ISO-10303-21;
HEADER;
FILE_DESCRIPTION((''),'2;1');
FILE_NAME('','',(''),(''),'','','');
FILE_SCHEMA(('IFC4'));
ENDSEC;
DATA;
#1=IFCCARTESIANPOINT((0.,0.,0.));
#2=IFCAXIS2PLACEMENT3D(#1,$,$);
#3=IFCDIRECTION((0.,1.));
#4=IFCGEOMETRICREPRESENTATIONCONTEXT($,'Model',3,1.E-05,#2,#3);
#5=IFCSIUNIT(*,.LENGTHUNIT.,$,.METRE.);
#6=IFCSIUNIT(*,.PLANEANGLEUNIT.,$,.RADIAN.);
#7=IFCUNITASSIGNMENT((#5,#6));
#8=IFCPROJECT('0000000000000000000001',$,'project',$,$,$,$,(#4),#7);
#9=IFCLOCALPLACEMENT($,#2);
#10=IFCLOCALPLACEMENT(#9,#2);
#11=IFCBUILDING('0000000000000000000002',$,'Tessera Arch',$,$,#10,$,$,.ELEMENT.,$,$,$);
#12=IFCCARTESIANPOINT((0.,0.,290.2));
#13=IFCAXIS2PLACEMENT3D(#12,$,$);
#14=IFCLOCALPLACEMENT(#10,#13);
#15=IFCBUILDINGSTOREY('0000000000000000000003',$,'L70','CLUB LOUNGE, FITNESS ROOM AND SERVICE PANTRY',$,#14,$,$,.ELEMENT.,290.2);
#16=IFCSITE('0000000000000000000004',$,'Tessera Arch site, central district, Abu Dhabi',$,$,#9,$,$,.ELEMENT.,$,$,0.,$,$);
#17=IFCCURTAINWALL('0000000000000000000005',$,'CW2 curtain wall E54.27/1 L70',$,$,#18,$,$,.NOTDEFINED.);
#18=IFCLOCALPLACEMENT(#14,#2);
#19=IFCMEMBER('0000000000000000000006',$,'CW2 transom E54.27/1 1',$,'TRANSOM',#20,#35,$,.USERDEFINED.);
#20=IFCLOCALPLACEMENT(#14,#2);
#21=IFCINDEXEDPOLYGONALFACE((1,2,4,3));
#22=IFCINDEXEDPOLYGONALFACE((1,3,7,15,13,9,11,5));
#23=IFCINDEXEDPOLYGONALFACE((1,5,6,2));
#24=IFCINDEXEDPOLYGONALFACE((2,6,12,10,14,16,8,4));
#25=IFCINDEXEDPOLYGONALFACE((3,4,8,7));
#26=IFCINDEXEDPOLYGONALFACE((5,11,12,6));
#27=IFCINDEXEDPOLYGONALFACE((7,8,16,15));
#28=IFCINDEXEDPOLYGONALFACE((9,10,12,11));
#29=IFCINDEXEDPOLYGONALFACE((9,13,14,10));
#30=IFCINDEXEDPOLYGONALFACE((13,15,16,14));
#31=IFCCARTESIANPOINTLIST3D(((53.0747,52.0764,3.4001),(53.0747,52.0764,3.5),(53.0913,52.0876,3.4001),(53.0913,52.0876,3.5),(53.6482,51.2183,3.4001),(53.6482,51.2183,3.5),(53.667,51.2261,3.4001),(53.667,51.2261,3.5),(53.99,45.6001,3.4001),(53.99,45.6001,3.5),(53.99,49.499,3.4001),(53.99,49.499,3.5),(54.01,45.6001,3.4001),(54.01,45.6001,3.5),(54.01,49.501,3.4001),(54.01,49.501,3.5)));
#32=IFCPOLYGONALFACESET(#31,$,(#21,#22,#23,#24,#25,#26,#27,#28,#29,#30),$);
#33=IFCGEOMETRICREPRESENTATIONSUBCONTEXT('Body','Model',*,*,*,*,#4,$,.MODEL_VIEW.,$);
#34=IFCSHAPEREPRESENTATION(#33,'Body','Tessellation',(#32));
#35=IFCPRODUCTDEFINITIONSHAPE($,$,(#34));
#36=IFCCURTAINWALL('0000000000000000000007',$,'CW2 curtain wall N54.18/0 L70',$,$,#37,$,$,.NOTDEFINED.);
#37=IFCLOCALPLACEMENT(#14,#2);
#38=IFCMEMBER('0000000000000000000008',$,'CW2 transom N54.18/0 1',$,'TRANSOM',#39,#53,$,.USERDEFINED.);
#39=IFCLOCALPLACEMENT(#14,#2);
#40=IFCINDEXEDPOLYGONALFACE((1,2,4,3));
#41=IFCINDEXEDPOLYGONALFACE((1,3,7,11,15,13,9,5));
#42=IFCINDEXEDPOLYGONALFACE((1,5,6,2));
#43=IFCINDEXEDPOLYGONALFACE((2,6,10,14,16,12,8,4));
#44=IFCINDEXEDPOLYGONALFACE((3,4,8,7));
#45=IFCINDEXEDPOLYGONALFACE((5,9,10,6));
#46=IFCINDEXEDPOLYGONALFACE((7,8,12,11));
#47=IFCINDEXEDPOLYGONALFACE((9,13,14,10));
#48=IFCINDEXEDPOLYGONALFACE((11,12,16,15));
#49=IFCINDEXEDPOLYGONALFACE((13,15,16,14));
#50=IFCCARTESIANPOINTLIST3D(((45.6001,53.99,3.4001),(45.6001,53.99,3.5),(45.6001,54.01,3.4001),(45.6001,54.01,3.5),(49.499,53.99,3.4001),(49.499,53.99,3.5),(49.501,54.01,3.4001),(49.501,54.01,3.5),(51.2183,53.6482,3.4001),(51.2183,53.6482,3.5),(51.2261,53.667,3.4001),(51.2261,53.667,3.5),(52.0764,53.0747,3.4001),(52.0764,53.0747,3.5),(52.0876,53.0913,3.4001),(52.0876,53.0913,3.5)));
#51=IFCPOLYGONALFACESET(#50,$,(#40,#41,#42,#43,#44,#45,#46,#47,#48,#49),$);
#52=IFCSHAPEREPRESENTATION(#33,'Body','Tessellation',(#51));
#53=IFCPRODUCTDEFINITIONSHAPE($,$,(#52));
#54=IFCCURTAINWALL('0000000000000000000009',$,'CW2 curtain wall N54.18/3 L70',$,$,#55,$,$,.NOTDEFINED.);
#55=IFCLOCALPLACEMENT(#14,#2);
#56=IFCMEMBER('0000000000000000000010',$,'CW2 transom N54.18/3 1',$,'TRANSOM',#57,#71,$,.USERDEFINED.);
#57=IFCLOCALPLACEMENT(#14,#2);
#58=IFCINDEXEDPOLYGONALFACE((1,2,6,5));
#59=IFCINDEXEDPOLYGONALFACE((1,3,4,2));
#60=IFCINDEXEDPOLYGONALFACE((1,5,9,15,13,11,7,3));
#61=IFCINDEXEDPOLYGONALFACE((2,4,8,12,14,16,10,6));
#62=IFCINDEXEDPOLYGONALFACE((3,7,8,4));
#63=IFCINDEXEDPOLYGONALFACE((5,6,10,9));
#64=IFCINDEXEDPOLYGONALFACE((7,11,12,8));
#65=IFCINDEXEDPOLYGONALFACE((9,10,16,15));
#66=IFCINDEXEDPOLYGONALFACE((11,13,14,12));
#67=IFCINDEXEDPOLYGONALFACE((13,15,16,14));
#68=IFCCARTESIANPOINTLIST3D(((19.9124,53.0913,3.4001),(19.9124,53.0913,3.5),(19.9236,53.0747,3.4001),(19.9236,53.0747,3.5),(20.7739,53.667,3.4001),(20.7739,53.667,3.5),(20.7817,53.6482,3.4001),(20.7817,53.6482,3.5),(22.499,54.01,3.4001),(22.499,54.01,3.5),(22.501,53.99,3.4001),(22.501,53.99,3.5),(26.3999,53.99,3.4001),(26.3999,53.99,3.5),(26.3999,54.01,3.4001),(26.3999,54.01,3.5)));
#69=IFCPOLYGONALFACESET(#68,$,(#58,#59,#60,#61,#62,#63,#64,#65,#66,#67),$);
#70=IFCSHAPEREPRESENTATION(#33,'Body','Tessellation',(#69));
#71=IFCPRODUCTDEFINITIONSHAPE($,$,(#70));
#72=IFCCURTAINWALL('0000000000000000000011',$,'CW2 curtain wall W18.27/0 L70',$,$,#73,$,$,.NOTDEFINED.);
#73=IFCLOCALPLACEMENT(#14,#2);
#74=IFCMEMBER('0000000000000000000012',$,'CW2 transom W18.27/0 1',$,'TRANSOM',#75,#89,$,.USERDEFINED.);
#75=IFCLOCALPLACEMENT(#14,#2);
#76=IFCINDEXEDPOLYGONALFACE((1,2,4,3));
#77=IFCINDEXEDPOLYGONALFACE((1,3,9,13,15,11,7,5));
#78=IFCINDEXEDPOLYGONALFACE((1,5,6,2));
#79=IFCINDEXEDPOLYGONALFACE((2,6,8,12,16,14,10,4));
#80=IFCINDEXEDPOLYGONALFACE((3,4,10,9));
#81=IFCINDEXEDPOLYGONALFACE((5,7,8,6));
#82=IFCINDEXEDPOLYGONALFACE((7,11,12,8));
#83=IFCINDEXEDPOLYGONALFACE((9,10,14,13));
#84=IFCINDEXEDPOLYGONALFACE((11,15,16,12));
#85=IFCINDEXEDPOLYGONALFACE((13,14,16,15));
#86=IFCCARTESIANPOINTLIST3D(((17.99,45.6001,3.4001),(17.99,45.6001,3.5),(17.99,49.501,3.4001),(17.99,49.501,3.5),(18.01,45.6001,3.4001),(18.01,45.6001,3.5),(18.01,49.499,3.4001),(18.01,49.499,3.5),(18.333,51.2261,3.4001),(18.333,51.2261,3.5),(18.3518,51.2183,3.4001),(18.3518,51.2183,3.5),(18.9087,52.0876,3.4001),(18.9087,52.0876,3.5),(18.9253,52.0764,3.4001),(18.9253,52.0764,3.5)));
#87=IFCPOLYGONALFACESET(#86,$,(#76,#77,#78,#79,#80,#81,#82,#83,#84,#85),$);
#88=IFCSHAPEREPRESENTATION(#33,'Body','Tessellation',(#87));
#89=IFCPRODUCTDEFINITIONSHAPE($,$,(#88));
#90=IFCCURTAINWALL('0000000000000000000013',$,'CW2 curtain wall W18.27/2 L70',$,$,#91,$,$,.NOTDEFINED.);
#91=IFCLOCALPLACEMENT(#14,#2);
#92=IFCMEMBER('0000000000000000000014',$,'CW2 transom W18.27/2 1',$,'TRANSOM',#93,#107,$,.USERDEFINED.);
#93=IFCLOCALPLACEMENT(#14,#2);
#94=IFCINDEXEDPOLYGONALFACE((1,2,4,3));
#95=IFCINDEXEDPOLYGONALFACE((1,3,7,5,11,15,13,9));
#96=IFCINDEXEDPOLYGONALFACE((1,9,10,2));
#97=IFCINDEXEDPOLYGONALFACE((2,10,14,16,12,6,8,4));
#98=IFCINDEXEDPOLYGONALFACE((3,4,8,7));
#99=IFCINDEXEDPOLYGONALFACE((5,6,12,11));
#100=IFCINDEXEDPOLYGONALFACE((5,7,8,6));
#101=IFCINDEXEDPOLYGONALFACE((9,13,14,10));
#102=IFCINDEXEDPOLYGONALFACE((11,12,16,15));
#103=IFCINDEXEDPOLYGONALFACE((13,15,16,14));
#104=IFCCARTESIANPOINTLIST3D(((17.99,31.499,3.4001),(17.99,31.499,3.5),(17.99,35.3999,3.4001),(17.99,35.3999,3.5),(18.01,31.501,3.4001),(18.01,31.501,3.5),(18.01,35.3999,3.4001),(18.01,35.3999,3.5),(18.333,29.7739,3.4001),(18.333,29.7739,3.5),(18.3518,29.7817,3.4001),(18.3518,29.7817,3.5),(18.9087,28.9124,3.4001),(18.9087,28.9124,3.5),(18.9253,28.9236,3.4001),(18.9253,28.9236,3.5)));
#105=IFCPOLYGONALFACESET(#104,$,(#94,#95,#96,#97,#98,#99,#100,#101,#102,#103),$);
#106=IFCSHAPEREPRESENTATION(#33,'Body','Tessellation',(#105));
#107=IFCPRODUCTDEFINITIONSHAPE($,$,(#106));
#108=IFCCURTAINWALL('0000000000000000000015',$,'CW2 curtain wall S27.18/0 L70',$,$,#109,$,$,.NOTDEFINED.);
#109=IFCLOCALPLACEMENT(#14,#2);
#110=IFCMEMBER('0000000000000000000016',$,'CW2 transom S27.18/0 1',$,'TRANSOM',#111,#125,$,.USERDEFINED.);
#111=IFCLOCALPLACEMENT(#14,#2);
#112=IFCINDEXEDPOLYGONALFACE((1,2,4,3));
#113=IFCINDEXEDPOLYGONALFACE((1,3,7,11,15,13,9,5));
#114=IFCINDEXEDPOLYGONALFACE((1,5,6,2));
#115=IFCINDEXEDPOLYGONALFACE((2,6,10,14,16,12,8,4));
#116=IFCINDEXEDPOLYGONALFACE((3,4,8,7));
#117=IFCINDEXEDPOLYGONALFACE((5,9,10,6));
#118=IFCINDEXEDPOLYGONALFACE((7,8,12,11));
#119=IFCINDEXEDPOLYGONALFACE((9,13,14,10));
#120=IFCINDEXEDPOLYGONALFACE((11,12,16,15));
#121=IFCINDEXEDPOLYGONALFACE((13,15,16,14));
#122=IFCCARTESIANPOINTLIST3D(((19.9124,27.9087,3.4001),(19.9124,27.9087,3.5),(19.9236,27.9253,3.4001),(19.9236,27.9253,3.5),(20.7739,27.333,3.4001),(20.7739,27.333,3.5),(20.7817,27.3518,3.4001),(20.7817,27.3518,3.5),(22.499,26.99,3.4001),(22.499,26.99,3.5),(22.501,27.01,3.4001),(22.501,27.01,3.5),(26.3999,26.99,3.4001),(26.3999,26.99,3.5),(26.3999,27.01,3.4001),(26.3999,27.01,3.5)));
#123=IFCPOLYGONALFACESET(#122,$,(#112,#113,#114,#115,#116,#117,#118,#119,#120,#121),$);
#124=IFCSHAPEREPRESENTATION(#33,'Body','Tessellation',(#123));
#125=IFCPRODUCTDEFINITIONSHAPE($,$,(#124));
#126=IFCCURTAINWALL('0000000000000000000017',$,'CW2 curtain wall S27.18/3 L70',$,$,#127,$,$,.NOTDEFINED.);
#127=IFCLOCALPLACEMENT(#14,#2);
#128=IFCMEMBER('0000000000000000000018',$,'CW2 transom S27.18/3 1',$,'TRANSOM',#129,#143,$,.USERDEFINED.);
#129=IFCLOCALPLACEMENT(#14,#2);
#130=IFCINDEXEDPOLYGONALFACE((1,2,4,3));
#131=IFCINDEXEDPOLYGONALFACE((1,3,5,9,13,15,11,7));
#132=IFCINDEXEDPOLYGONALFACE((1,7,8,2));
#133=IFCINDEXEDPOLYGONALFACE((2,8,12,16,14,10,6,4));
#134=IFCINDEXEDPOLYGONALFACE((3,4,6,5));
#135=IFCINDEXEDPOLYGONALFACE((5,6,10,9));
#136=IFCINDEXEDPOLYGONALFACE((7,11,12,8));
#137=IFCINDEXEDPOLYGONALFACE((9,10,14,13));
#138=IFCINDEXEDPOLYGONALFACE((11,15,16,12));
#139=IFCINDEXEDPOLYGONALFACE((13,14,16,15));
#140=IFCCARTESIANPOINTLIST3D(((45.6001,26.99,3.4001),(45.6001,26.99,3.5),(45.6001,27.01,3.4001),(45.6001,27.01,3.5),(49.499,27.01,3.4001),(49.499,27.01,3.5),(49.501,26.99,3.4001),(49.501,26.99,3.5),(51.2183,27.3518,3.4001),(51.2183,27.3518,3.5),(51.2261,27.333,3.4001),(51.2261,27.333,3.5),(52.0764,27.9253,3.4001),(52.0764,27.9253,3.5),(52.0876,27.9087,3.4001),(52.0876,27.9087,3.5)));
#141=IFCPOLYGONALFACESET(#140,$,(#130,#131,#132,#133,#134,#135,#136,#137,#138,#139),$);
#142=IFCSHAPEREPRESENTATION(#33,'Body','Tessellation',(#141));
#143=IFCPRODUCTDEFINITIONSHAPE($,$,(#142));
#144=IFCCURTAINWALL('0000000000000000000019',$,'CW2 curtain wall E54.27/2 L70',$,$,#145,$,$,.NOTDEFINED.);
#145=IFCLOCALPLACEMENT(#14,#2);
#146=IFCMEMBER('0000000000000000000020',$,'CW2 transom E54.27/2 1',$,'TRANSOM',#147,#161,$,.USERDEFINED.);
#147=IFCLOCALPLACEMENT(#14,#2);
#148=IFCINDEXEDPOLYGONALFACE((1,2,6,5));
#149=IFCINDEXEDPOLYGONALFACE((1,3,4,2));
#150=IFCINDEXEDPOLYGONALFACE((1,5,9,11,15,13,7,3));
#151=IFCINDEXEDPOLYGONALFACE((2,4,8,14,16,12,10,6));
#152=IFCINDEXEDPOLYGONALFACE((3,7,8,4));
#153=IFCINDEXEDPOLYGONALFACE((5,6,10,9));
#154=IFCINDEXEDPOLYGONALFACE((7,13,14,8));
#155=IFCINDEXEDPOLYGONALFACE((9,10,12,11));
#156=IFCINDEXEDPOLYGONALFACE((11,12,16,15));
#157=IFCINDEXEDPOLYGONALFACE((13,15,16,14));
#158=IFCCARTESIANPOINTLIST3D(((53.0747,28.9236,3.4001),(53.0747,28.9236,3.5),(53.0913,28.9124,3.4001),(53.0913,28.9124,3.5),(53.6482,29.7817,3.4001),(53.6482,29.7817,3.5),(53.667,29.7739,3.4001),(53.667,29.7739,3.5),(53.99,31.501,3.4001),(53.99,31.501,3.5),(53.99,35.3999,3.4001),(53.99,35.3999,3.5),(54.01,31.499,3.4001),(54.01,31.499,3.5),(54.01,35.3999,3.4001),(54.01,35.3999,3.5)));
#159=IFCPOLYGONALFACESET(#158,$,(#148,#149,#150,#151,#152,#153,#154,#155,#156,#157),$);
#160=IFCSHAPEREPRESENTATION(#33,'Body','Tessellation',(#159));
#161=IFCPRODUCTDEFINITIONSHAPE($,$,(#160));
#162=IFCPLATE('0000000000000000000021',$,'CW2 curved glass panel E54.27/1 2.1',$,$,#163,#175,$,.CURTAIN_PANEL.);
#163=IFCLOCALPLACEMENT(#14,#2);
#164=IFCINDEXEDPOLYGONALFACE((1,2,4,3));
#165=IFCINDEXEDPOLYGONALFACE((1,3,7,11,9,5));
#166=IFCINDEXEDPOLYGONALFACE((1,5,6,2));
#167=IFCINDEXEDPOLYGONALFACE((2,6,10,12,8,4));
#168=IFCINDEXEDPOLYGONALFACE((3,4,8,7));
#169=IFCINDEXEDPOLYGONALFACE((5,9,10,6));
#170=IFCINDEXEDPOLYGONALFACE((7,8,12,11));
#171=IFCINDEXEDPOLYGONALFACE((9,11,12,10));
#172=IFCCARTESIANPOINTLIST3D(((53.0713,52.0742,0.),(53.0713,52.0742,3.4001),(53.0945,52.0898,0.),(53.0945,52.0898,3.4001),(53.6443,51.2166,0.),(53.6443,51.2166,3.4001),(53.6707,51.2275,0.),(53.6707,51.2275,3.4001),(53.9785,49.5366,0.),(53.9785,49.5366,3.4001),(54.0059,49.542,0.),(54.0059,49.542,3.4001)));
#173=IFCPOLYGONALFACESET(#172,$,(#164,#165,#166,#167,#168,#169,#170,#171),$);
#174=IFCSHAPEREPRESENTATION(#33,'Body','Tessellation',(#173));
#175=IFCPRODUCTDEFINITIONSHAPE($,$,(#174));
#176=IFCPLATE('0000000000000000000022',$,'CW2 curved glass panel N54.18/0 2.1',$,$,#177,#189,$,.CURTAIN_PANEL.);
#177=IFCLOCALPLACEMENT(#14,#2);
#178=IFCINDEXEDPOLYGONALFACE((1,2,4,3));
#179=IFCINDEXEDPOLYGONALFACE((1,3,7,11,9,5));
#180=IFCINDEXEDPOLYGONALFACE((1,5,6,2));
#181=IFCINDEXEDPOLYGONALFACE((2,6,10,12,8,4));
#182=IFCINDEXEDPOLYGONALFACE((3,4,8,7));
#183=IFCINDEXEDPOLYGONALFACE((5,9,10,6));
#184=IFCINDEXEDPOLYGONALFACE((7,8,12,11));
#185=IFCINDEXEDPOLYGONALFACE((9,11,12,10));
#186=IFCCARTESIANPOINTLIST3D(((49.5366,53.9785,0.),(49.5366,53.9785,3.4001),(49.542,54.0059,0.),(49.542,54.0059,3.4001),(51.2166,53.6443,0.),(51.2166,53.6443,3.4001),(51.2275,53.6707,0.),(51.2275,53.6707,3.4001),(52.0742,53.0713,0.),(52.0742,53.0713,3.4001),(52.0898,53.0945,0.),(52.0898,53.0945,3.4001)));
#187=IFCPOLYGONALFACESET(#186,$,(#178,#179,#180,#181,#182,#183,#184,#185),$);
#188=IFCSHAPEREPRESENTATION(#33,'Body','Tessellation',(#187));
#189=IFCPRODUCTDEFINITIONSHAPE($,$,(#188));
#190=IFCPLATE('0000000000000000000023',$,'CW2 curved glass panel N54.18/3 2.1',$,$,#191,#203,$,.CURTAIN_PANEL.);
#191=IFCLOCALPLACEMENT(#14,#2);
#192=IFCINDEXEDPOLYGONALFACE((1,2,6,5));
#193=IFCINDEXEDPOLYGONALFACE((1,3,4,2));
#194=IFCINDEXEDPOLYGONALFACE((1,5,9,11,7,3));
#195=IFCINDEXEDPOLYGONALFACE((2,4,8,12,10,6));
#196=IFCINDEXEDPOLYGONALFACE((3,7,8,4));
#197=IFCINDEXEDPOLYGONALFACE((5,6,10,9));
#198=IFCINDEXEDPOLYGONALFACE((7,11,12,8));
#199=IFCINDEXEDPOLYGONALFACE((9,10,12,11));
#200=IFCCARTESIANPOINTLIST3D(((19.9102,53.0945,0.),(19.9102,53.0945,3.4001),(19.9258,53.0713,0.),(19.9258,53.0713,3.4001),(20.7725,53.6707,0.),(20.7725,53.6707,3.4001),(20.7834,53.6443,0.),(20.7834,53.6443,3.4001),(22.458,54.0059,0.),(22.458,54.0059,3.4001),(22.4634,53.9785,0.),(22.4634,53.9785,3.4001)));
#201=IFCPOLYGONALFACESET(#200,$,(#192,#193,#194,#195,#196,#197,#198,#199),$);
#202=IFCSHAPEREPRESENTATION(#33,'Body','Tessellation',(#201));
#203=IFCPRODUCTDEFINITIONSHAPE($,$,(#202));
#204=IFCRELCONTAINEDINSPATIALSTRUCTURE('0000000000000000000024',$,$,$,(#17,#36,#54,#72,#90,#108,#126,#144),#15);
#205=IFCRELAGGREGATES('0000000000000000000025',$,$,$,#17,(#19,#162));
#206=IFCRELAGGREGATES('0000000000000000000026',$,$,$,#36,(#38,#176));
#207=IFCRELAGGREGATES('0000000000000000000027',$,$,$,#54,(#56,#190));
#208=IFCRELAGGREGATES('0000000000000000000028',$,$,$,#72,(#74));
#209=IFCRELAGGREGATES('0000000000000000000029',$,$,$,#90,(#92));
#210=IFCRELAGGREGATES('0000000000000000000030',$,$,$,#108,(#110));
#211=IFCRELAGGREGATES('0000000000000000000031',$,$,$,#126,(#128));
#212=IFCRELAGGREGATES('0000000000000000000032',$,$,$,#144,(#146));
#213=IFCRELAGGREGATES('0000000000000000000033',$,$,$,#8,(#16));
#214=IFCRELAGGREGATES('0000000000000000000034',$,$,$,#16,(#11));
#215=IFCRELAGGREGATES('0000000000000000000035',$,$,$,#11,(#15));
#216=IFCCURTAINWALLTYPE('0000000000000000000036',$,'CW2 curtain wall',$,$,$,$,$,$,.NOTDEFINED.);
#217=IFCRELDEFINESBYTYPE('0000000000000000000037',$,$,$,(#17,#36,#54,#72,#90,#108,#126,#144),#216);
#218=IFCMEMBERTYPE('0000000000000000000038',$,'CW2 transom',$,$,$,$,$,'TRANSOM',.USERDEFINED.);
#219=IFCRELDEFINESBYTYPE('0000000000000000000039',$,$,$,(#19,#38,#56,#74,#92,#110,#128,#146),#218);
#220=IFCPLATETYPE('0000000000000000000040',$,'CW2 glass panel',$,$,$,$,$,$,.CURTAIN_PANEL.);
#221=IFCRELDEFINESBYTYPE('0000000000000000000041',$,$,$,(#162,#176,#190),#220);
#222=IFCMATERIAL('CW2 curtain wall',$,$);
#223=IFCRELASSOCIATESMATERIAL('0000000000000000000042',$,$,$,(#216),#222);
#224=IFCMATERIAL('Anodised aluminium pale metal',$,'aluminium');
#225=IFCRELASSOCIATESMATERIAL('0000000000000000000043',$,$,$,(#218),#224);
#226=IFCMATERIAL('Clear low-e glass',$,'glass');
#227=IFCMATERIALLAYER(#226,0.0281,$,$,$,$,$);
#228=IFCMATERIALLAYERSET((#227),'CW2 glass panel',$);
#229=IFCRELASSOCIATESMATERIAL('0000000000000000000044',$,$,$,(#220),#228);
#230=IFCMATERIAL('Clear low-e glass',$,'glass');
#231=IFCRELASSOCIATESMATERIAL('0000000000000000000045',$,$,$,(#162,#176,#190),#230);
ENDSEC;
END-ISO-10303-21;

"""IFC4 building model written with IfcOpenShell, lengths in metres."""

from ifc_helpers import new_model, si_unit, direction, frame, origin, origin_2d, place, context, subcontext, project, spatial, polyline, rectangle, outline, extrude, material, layer, layer_set, material_profile, profile_set, type_object, element, aggregate, save


model = new_model("IFC4")

# Units and contexts
model_context = context("Model", 3, precision=1e-05, world=origin(), true_north=direction((0.0, 1.0)))
body_context = subcontext(model_context, "Body", "Model", "MODEL_VIEW")
ifc_project = project(units=[si_unit("LENGTHUNIT", "METRE"), si_unit("PLANEANGLEUNIT", "RADIAN")], contexts=[model_context])

# Site, building, storey
site_placement = place(None, origin())
site = spatial("IfcSite", under=ifc_project, at=site_placement, Name="Tessera Arch site, central district, Abu Dhabi", CompositionType="ELEMENT", RefElevation=0.0)
building_placement = place(site_placement, origin())
building = spatial("IfcBuilding", under=site, at=building_placement, Name="Tessera Arch", CompositionType="ELEMENT")
storey_placement = place(building_placement, frame((0.0, 0.0, 290.2)))
storey = spatial("IfcBuildingStorey", under=building, at=storey_placement, Name="L70", Description="CLUB LOUNGE, FITNESS ROOM AND SERVICE PANTRY", CompositionType="ELEMENT", Elevation=290.2)

# Curtain walls, members
ifc_material_1 = material(Name="CW2 curtain wall")
curtain_wall_type = type_object("IfcCurtainWallType", Name="CW2 curtain wall", PredefinedType="NOTDEFINED", material=ifc_material_1)
curtain_wall_1_placement = place(storey_placement, origin())
curtain_wall_1 = element("IfcCurtainWall", 1, at=curtain_wall_1_placement, inside=storey, type_object=curtain_wall_type, Name="CW2 curtain wall E54.27/1 L70", PredefinedType="NOTDEFINED")
ifc_material_2 = material(Name="Anodised aluminium pale metal", Category="aluminium")
ifc_material_profile = material_profile(ifc_material_2, rectangle(XDim=0.2, YDim=0.1001, at=origin_2d()), Name="AL 200x100")
ifc_profile_set = profile_set([ifc_material_profile], Name="Anodised aluminium pale metal")
member_type = type_object("IfcMemberType", Name="CW2 transom", ElementType="TRANSOM", PredefinedType="USERDEFINED", material=ifc_profile_set)
member_1_placement = place(storey_placement, frame((0.0, 0.0, 3.4001)))
member_1 = element("IfcMember", 2, at=member_1_placement, type_object=member_type, Name="CW2 transom E54.27/1 1", ObjectType="TRANSOM", PredefinedType="USERDEFINED", context=body_context, shape_type="SweptSolid", body=[
    extrude(outline(polyline([(53.99, 49.499), (53.99, 45.6001), (54.01, 45.6001), (54.01, 49.501), (53.667, 51.2261), (53.0913, 52.0876), (53.0747, 52.0764), (53.6482, 51.2183), (53.99, 49.499)])), origin(), (0.0, 0.0, 1.0), 0.0999),
])
curtain_wall_2_placement = place(storey_placement, origin())
curtain_wall_2 = element("IfcCurtainWall", 3, at=curtain_wall_2_placement, inside=storey, type_object=curtain_wall_type, Name="CW2 curtain wall N54.18/0 L70", PredefinedType="NOTDEFINED")
member_2_placement = place(storey_placement, frame((0.0, 0.0, 3.4001)))
member_2 = element("IfcMember", 4, at=member_2_placement, type_object=member_type, Name="CW2 transom N54.18/0 1", ObjectType="TRANSOM", PredefinedType="USERDEFINED", context=body_context, shape_type="SweptSolid", body=[
    extrude(outline(polyline([(51.2183, 53.6482), (52.0764, 53.0747), (52.0876, 53.0913), (51.2261, 53.667), (49.501, 54.01), (45.6001, 54.01), (45.6001, 53.99), (49.499, 53.99), (51.2183, 53.6482)])), origin(), (0.0, 0.0, 1.0), 0.0999),
])
curtain_wall_3_placement = place(storey_placement, origin())
curtain_wall_3 = element("IfcCurtainWall", 5, at=curtain_wall_3_placement, inside=storey, type_object=curtain_wall_type, Name="CW2 curtain wall N54.18/3 L70", PredefinedType="NOTDEFINED")
member_3_placement = place(storey_placement, frame((0.0, 0.0, 3.4001)))
member_3 = element("IfcMember", 6, at=member_3_placement, type_object=member_type, Name="CW2 transom N54.18/3 1", ObjectType="TRANSOM", PredefinedType="USERDEFINED", context=body_context, shape_type="SweptSolid", body=[
    extrude(outline(polyline([(22.501, 53.99), (26.3999, 53.99), (26.3999, 54.01), (22.499, 54.01), (20.7739, 53.667), (19.9124, 53.0913), (19.9236, 53.0747), (20.7817, 53.6482), (22.501, 53.99)])), origin(), (0.0, 0.0, 1.0), 0.0999),
])
curtain_wall_4_placement = place(storey_placement, origin())
curtain_wall_4 = element("IfcCurtainWall", 7, at=curtain_wall_4_placement, inside=storey, type_object=curtain_wall_type, Name="CW2 curtain wall W18.27/0 L70", PredefinedType="NOTDEFINED")
member_4_placement = place(storey_placement, frame((0.0, 0.0, 3.4001)))
member_4 = element("IfcMember", 8, at=member_4_placement, type_object=member_type, Name="CW2 transom W18.27/0 1", ObjectType="TRANSOM", PredefinedType="USERDEFINED", context=body_context, shape_type="SweptSolid", body=[
    extrude(outline(polyline([(18.3518, 51.2183), (18.9253, 52.0764), (18.9087, 52.0876), (18.333, 51.2261), (17.99, 49.501), (17.99, 45.6001), (18.01, 45.6001), (18.01, 49.499), (18.3518, 51.2183)])), origin(), (0.0, 0.0, 1.0), 0.0999),
])
curtain_wall_5_placement = place(storey_placement, origin())
curtain_wall_5 = element("IfcCurtainWall", 9, at=curtain_wall_5_placement, inside=storey, type_object=curtain_wall_type, Name="CW2 curtain wall W18.27/2 L70", PredefinedType="NOTDEFINED")
member_5_placement = place(storey_placement, frame((0.0, 0.0, 3.4001)))
member_5 = element("IfcMember", 10, at=member_5_placement, type_object=member_type, Name="CW2 transom W18.27/2 1", ObjectType="TRANSOM", PredefinedType="USERDEFINED", context=body_context, shape_type="SweptSolid", body=[
    extrude(outline(polyline([(18.01, 31.501), (18.01, 35.3999), (17.99, 35.3999), (17.99, 31.499), (18.333, 29.7739), (18.9087, 28.9124), (18.9253, 28.9236), (18.3518, 29.7817), (18.01, 31.501)])), origin(), (0.0, 0.0, 1.0), 0.0999),
])
curtain_wall_6_placement = place(storey_placement, origin())
curtain_wall_6 = element("IfcCurtainWall", 11, at=curtain_wall_6_placement, inside=storey, type_object=curtain_wall_type, Name="CW2 curtain wall S27.18/0 L70", PredefinedType="NOTDEFINED")
member_6_placement = place(storey_placement, frame((0.0, 0.0, 3.4001)))
member_6 = element("IfcMember", 12, at=member_6_placement, type_object=member_type, Name="CW2 transom S27.18/0 1", ObjectType="TRANSOM", PredefinedType="USERDEFINED", context=body_context, shape_type="SweptSolid", body=[
    extrude(outline(polyline([(20.7817, 27.3518), (19.9236, 27.9253), (19.9124, 27.9087), (20.7739, 27.333), (22.499, 26.99), (26.3999, 26.99), (26.3999, 27.01), (22.501, 27.01), (20.7817, 27.3518)])), origin(), (0.0, 0.0, 1.0), 0.0999),
])
curtain_wall_7_placement = place(storey_placement, origin())
curtain_wall_7 = element("IfcCurtainWall", 13, at=curtain_wall_7_placement, inside=storey, type_object=curtain_wall_type, Name="CW2 curtain wall S27.18/3 L70", PredefinedType="NOTDEFINED")
member_7_placement = place(storey_placement, frame((0.0, 0.0, 3.4001)))
member_7 = element("IfcMember", 14, at=member_7_placement, type_object=member_type, Name="CW2 transom S27.18/3 1", ObjectType="TRANSOM", PredefinedType="USERDEFINED", context=body_context, shape_type="SweptSolid", body=[
    extrude(outline(polyline([(49.499, 27.01), (45.6001, 27.01), (45.6001, 26.99), (49.501, 26.99), (51.2261, 27.333), (52.0876, 27.9087), (52.0764, 27.9253), (51.2183, 27.3518), (49.499, 27.01)])), origin(), (0.0, 0.0, 1.0), 0.0999),
])
curtain_wall_8_placement = place(storey_placement, origin())
curtain_wall_8 = element("IfcCurtainWall", 15, at=curtain_wall_8_placement, inside=storey, type_object=curtain_wall_type, Name="CW2 curtain wall E54.27/2 L70", PredefinedType="NOTDEFINED")
member_8_placement = place(storey_placement, frame((0.0, 0.0, 3.4001)))
member_8 = element("IfcMember", 16, at=member_8_placement, type_object=member_type, Name="CW2 transom E54.27/2 1", ObjectType="TRANSOM", PredefinedType="USERDEFINED", context=body_context, shape_type="SweptSolid", body=[
    extrude(outline(polyline([(53.6482, 29.7817), (53.0747, 28.9236), (53.0913, 28.9124), (53.667, 29.7739), (54.01, 31.499), (54.01, 35.3999), (53.99, 35.3999), (53.99, 31.501), (53.6482, 29.7817)])), origin(), (0.0, 0.0, 1.0), 0.0999),
])

# Plates
ifc_material_3 = material(Name="Clear low-e glass", Category="glass")
ifc_material_4 = material(Name="Clear low-e glass", Category="glass")
ifc_layer_1 = layer(ifc_material_4, 0.0281)
ifc_layer_set_1 = layer_set([ifc_layer_1], Name="CW2 glass panel")
plate_type_1 = type_object("IfcPlateType", Name="CW2 glass panel", PredefinedType="CURTAIN_PANEL", material=ifc_layer_set_1)
plate_1_placement = place(storey_placement, origin())
plate_1 = element("IfcPlate", 17, at=plate_1_placement, type_object=plate_type_1, material=ifc_material_3, Name="CW2 curved glass panel E54.27/1 2.1", PredefinedType="CURTAIN_PANEL", context=body_context, shape_type="SweptSolid", body=[
    extrude(outline(polyline([(53.6443, 51.2166), (53.9785, 49.5366), (54.0059, 49.542), (53.6707, 51.2275), (53.0945, 52.0898), (53.0713, 52.0742), (53.6443, 51.2166)])), origin(), (0.0, 0.0, 1.0), 3.4001),
])
plate_2_placement = place(storey_placement, origin())
plate_2 = element("IfcPlate", 18, at=plate_2_placement, type_object=plate_type_1, material=ifc_material_3, Name="CW2 curved glass panel N54.18/0 2.1", PredefinedType="CURTAIN_PANEL", context=body_context, shape_type="SweptSolid", body=[
    extrude(outline(polyline([(51.2166, 53.6443), (52.0742, 53.0713), (52.0898, 53.0945), (51.2275, 53.6707), (49.542, 54.0059), (49.5366, 53.9785), (51.2166, 53.6443)])), origin(), (0.0, 0.0, 1.0), 3.4001),
])
plate_3_placement = place(storey_placement, origin())
plate_3 = element("IfcPlate", 19, at=plate_3_placement, type_object=plate_type_1, material=ifc_material_3, Name="CW2 curved glass panel N54.18/3 2.1", PredefinedType="CURTAIN_PANEL", context=body_context, shape_type="SweptSolid", body=[
    extrude(outline(polyline([(20.7834, 53.6443), (22.4634, 53.9785), (22.458, 54.0059), (20.7725, 53.6707), (19.9102, 53.0945), (19.9258, 53.0713), (20.7834, 53.6443)])), origin(), (0.0, 0.0, 1.0), 3.4001),
])
aggregate(curtain_wall_1, [member_1, plate_1])
aggregate(curtain_wall_2, [member_2, plate_2])
aggregate(curtain_wall_3, [member_3, plate_3])
aggregate(curtain_wall_4, [member_4])
aggregate(curtain_wall_5, [member_5])
aggregate(curtain_wall_6, [member_6])
aggregate(curtain_wall_7, [member_7])
aggregate(curtain_wall_8, [member_8])

save(model, "model.ifc")
